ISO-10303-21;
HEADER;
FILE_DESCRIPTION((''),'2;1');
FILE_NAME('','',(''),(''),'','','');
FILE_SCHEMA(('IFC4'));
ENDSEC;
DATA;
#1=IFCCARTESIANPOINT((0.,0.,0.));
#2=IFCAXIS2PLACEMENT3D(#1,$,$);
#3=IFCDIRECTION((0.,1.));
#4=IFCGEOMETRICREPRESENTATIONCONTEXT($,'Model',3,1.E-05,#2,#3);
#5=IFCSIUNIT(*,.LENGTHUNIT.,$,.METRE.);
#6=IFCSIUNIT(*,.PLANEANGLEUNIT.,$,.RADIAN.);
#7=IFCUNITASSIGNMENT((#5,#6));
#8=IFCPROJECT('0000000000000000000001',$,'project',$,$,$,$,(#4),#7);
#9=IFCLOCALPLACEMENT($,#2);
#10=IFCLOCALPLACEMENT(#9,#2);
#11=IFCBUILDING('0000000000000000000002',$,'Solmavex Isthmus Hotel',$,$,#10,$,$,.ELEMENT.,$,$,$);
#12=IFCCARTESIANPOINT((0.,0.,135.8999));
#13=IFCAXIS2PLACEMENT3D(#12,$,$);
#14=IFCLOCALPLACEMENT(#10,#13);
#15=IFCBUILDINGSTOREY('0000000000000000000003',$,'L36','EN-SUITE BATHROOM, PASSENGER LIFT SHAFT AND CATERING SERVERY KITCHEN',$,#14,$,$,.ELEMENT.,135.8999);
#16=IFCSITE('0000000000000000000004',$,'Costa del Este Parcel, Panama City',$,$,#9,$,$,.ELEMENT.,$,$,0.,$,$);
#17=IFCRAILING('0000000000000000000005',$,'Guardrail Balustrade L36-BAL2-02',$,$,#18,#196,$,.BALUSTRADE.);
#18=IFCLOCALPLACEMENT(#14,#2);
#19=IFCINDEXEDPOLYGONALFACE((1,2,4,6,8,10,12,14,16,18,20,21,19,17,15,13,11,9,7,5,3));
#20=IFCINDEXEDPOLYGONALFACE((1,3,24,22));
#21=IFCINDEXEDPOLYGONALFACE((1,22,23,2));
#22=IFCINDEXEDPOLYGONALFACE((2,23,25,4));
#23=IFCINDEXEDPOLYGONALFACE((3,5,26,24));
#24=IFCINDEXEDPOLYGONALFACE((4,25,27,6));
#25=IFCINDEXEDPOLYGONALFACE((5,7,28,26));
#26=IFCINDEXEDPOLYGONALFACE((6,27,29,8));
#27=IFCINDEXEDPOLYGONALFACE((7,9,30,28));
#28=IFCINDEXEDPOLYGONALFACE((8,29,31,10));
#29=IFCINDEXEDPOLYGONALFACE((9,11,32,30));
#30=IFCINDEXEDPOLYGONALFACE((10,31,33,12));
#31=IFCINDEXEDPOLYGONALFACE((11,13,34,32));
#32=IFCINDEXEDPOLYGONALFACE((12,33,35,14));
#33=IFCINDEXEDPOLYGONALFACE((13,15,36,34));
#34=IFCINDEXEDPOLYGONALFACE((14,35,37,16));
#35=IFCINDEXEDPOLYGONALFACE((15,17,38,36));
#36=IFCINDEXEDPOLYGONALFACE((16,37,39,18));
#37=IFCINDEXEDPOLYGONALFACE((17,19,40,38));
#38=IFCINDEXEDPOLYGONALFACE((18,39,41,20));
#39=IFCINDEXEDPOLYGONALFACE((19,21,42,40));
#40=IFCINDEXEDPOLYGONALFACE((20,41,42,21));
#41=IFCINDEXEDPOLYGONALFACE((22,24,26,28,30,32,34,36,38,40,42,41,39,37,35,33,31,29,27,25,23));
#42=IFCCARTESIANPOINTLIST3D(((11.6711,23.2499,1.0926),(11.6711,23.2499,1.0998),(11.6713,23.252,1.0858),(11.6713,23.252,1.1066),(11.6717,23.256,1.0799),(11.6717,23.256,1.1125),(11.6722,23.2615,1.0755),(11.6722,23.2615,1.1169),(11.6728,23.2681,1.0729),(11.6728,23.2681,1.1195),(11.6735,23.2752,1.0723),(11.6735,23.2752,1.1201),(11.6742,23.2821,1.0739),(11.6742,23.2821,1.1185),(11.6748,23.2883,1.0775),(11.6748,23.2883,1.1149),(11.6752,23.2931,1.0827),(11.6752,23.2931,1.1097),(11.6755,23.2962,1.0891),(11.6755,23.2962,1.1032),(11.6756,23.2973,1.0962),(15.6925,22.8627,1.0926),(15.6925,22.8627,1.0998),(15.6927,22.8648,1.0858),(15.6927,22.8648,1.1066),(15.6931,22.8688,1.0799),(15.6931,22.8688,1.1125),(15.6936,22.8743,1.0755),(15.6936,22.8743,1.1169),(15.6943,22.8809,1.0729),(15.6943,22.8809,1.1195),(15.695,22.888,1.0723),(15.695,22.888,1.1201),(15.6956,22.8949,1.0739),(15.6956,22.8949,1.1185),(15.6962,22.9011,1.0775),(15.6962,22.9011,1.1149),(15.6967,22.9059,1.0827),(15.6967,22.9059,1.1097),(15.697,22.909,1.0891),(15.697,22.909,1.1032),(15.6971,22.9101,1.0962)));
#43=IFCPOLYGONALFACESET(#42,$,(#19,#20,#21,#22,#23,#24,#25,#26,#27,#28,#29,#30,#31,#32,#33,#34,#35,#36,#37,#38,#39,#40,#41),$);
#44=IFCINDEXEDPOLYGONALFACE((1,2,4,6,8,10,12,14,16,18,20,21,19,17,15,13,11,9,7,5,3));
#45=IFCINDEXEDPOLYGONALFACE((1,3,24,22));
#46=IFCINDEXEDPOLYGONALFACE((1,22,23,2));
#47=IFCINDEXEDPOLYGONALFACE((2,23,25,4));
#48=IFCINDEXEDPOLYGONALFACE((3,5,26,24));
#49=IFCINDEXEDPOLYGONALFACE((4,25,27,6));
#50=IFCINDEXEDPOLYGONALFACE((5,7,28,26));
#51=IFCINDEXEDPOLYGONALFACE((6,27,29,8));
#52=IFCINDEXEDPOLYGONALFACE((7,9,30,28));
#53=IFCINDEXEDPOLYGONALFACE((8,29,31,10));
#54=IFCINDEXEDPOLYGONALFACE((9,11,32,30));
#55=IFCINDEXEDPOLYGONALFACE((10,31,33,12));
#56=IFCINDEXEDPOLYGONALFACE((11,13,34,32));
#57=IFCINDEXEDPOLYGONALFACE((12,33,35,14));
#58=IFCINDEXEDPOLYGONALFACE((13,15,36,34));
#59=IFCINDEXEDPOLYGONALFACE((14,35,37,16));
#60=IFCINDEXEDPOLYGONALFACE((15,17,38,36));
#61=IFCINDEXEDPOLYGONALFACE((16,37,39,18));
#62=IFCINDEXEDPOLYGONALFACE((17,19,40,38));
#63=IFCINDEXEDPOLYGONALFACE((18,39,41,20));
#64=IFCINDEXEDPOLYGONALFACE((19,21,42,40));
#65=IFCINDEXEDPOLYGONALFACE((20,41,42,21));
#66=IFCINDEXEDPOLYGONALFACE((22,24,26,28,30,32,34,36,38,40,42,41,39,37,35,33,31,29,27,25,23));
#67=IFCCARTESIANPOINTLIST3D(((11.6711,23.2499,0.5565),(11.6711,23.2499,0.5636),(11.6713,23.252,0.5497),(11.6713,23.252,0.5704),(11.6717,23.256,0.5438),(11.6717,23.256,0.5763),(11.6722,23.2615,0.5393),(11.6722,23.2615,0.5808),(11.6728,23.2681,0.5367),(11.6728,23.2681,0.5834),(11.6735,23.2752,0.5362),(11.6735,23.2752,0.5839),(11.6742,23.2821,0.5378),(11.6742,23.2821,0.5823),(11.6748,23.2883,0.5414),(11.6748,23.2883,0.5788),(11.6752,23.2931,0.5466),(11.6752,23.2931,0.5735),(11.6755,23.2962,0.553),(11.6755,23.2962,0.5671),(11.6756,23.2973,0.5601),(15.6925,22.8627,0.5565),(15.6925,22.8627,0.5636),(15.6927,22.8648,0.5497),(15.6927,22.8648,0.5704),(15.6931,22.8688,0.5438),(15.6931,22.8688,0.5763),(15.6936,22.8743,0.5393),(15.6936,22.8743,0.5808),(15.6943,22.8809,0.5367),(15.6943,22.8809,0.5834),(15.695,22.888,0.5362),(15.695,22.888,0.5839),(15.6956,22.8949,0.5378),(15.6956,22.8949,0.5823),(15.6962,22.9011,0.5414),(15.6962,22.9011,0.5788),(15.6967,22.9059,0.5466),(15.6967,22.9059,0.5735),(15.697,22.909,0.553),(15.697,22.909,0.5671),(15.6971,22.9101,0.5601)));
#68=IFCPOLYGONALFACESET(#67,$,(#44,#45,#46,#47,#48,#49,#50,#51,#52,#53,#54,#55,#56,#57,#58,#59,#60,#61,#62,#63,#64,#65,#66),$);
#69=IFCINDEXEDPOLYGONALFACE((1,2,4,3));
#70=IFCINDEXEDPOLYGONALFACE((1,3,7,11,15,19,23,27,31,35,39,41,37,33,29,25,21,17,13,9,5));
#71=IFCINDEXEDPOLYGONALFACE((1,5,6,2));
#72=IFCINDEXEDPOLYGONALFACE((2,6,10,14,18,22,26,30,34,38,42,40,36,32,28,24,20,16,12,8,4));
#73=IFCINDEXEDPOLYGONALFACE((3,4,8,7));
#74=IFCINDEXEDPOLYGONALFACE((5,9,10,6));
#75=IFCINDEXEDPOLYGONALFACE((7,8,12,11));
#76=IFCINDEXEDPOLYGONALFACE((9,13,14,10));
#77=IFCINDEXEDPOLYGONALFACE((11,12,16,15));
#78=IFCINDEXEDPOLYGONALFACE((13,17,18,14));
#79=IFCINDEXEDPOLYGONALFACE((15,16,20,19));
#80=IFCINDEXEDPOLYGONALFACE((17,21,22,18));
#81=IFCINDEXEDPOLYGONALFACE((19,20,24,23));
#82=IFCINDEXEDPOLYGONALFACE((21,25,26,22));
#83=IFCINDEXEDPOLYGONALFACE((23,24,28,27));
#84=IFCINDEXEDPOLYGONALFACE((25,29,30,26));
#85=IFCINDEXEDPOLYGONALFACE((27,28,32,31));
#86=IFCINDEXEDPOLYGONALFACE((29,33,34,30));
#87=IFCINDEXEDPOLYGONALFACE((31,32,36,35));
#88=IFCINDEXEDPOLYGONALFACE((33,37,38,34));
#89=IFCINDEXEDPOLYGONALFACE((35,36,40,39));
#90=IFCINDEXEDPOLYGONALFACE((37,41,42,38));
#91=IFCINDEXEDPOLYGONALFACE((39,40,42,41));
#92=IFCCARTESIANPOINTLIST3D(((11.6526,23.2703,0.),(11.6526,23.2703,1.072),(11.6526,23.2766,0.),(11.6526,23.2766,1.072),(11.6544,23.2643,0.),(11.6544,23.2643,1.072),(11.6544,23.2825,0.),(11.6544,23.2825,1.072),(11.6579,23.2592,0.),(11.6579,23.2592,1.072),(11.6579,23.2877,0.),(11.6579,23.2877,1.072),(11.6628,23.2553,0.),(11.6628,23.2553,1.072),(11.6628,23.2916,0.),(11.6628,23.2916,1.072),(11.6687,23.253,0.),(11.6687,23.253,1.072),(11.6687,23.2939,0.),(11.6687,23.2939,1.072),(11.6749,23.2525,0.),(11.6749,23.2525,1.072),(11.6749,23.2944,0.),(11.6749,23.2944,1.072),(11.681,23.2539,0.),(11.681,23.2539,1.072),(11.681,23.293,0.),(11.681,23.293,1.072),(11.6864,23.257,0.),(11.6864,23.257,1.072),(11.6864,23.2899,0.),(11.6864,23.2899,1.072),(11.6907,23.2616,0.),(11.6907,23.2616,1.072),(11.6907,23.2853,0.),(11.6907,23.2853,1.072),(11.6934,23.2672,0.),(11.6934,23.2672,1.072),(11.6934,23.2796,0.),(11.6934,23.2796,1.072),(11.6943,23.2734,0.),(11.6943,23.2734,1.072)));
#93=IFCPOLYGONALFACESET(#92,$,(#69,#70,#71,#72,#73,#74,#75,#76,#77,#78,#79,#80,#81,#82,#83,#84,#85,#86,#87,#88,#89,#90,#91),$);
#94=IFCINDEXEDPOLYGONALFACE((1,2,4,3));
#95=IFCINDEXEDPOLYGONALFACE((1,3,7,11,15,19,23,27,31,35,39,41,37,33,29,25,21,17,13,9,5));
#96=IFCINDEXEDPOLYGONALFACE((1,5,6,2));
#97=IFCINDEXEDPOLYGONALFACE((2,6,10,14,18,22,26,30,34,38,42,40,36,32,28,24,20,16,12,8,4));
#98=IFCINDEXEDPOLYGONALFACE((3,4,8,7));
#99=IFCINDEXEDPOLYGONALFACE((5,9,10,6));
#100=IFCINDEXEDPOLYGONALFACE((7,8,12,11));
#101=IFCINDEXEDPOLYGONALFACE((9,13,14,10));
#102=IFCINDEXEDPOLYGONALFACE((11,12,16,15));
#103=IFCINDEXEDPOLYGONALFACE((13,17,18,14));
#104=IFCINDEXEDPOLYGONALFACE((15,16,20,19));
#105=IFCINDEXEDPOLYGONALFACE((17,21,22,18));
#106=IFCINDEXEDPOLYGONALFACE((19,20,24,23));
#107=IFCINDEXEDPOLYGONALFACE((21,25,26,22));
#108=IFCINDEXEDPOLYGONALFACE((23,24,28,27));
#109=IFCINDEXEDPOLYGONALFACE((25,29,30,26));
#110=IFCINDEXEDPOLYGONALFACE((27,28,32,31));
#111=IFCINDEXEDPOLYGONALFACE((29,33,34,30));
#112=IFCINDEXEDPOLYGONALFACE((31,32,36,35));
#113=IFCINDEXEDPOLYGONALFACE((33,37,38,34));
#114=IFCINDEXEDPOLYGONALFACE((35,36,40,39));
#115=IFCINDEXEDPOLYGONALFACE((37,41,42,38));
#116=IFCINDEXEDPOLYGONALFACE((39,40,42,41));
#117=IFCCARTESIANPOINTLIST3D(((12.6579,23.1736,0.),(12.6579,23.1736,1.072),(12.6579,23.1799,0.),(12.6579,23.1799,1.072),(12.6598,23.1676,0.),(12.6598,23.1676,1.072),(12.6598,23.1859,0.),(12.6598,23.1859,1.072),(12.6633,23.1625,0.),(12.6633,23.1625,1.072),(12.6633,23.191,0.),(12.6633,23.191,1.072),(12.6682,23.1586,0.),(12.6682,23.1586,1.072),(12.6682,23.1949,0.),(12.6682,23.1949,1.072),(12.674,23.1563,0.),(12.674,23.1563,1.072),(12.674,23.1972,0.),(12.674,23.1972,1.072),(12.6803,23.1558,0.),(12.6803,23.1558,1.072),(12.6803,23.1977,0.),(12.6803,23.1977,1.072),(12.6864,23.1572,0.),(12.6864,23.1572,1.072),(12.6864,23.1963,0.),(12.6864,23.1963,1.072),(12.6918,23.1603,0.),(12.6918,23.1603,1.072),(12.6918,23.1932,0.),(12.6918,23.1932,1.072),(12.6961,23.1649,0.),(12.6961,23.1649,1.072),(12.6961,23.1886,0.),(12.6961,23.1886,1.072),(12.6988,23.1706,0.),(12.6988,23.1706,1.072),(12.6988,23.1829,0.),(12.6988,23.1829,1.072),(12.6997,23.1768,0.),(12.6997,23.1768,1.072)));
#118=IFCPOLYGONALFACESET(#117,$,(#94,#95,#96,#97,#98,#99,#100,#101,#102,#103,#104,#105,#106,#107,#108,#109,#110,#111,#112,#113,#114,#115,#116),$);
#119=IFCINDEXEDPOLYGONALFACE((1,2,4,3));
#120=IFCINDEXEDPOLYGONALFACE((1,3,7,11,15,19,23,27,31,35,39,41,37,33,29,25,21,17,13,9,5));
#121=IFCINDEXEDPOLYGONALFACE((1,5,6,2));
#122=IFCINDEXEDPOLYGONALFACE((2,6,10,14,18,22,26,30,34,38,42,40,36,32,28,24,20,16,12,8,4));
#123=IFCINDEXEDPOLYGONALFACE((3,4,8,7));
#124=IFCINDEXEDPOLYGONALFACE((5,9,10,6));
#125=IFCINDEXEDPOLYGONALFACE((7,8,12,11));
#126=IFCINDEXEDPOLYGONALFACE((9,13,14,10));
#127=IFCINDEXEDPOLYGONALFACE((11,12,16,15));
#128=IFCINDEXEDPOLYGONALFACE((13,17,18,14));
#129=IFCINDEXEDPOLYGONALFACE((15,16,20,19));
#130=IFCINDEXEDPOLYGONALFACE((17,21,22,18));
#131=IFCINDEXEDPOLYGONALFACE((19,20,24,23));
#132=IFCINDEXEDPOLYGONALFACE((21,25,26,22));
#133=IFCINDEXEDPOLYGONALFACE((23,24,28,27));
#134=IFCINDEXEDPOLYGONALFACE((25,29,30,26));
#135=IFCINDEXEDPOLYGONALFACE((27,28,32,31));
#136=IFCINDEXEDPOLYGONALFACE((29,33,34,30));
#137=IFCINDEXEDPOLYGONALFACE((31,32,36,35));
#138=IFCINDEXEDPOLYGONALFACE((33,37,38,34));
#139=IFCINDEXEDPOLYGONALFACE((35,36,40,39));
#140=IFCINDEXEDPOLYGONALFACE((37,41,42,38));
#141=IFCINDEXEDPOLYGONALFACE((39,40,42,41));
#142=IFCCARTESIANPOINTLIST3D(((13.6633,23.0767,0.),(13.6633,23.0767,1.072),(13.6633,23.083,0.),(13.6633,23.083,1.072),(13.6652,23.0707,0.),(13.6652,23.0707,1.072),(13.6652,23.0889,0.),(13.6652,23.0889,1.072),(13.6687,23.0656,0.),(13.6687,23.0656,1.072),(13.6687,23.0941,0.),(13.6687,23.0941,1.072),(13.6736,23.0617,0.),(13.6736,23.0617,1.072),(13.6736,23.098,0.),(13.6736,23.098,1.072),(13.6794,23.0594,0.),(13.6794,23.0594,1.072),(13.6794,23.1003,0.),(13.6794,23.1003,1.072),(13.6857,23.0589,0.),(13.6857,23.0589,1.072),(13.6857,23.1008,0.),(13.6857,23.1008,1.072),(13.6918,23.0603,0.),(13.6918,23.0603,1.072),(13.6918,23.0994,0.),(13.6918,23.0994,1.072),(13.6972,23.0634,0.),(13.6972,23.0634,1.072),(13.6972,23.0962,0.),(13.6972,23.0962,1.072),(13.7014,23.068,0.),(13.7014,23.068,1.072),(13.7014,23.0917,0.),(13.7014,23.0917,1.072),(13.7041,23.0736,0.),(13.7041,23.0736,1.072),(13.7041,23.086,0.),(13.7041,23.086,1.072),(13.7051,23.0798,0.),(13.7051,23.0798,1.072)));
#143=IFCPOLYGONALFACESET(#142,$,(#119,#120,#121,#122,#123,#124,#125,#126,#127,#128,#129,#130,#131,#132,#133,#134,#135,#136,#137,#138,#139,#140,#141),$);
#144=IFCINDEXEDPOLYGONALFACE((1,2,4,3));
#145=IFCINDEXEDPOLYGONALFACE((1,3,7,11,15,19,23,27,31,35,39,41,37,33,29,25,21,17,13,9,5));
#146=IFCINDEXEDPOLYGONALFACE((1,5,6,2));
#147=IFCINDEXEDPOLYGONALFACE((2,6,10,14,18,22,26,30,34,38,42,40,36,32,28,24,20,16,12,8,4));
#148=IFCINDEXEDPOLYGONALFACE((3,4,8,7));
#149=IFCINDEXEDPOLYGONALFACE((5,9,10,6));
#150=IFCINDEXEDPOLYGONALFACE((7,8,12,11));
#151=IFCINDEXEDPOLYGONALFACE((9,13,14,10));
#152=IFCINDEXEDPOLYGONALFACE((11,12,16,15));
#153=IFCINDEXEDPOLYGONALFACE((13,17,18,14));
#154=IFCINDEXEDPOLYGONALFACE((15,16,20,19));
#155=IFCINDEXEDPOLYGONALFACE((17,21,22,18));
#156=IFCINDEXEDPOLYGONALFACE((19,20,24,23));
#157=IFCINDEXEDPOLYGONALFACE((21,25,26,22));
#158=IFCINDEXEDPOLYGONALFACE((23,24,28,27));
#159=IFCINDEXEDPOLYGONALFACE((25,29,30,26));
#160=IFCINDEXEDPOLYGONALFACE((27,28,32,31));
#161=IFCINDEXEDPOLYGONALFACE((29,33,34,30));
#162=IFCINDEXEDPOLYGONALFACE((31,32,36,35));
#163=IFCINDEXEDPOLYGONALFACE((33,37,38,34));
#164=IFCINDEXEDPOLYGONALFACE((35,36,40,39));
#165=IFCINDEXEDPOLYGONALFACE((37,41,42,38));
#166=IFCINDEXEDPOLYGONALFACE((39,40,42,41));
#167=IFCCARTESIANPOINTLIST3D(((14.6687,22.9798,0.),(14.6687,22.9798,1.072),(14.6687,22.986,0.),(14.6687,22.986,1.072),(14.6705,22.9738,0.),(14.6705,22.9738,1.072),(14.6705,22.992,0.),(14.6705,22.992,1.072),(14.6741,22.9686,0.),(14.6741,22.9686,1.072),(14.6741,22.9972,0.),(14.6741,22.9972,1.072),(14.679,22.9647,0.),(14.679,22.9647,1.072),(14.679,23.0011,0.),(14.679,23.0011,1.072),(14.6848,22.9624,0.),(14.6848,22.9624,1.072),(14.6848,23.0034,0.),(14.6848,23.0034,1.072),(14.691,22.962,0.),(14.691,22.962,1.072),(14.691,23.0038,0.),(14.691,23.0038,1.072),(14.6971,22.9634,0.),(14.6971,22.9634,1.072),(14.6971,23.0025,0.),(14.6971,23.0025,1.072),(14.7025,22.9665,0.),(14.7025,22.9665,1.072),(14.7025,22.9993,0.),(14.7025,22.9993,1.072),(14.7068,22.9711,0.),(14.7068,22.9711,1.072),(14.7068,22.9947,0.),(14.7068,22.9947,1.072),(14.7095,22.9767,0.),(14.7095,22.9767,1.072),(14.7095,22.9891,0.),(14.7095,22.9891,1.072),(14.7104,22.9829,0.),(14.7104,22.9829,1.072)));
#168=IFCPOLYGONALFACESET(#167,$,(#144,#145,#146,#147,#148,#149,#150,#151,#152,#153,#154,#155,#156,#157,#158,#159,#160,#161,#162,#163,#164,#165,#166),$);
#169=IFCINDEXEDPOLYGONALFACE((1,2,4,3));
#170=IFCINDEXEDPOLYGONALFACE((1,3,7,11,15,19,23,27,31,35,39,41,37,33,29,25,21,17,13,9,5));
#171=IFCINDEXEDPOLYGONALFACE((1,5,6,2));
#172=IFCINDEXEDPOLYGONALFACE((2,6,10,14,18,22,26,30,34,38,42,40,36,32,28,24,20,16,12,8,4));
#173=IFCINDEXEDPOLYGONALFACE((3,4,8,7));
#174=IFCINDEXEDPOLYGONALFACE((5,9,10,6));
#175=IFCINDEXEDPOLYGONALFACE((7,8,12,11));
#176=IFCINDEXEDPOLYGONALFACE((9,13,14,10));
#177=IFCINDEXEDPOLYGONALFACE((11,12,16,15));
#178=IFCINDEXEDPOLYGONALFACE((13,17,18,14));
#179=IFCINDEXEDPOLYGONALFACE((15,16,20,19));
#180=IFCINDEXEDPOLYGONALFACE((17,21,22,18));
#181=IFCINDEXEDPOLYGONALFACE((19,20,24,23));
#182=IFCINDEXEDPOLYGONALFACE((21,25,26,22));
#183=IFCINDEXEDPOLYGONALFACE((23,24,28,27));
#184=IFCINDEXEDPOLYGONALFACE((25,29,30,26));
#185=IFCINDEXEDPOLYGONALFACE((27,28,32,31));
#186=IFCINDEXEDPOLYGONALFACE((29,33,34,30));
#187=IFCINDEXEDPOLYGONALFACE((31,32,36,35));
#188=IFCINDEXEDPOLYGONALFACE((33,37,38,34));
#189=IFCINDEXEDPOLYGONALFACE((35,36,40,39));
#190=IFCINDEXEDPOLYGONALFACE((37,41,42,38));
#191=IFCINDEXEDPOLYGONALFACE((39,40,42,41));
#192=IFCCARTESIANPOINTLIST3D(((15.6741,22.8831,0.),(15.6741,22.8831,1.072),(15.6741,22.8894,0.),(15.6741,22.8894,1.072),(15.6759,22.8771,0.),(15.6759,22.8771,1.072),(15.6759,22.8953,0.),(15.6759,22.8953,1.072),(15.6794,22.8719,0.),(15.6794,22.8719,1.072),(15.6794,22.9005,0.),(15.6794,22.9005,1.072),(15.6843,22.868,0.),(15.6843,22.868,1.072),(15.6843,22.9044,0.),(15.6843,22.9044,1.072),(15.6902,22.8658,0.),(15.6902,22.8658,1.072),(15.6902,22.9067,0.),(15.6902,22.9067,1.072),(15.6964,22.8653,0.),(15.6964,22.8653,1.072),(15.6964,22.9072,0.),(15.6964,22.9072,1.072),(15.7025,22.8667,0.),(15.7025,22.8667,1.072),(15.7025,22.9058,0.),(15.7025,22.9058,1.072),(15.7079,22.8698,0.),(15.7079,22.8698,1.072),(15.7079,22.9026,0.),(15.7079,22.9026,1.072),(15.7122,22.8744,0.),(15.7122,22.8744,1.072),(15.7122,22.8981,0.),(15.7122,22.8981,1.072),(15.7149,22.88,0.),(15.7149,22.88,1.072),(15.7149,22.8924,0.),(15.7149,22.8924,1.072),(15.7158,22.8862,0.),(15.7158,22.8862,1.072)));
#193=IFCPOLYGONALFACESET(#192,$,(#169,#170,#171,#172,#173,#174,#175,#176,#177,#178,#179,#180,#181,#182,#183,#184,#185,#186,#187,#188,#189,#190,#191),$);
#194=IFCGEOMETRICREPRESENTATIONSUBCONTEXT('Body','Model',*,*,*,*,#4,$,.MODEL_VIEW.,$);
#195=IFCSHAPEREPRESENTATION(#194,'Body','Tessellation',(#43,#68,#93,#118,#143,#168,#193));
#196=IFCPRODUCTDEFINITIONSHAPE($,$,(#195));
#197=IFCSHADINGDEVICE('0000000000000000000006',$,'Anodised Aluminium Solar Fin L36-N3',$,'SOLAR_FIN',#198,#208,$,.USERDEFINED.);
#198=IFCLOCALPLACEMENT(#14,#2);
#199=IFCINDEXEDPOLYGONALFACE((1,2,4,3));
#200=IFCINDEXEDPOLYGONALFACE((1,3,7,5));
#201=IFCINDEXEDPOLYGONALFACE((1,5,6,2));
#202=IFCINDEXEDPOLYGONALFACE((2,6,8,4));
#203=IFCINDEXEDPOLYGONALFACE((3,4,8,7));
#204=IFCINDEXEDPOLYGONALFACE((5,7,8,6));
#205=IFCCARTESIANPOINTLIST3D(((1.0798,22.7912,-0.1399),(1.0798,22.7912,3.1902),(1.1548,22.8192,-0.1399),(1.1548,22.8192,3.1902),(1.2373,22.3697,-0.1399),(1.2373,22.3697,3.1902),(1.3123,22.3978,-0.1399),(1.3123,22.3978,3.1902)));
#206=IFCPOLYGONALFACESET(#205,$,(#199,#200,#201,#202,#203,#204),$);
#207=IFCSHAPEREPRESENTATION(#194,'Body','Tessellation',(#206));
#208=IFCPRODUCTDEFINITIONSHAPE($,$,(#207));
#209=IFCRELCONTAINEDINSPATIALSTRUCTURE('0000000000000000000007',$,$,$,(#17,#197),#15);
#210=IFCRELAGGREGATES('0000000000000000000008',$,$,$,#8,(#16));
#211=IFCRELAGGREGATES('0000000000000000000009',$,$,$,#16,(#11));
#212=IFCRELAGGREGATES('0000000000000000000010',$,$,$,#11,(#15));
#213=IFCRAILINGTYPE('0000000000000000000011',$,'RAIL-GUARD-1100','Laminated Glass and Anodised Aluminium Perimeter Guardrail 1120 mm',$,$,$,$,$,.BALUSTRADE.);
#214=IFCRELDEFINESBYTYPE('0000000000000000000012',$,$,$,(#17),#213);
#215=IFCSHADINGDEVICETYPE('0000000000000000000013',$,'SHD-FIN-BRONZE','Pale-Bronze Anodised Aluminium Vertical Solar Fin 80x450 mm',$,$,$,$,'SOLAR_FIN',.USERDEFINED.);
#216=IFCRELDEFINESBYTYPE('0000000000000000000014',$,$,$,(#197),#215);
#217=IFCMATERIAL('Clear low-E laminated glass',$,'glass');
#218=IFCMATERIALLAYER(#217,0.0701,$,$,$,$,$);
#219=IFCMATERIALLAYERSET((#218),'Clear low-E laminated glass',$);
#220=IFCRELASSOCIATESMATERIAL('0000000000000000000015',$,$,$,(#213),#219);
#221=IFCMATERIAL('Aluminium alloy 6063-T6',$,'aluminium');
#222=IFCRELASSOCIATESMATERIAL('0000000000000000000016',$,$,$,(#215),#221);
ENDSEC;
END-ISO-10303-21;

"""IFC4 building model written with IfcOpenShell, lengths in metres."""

from ifc_helpers import new_model, si_unit, direction, frame, origin, origin_2d, place, context, subcontext, project, spatial, rectangle, circle, extrude, material, layer, layer_set, type_object, element, save


model = new_model("IFC4")

# Units and contexts
model_context = context("Model", 3, precision=1e-05, world=origin(), true_north=direction((0.0, 1.0)))
body_context = subcontext(model_context, "Body", "Model", "MODEL_VIEW")
ifc_project = project(units=[si_unit("LENGTHUNIT", "METRE"), si_unit("PLANEANGLEUNIT", "RADIAN")], contexts=[model_context])

# Site, building, storey
site_placement = place(None, origin())
site = spatial("IfcSite", under=ifc_project, at=site_placement, Name="Costa del Este Parcel, Panama City", CompositionType="ELEMENT", RefElevation=0.0)
building_placement = place(site_placement, origin())
building = spatial("IfcBuilding", under=site, at=building_placement, Name="Solmavex Isthmus Hotel", CompositionType="ELEMENT")
storey_placement = place(building_placement, frame((0.0, 0.0, 135.8999)))
storey = spatial("IfcBuildingStorey", under=building, at=storey_placement, Name="L36", Description="EN-SUITE BATHROOM, PASSENGER LIFT SHAFT AND CATERING SERVERY KITCHEN", CompositionType="ELEMENT", Elevation=135.8999)

# Shared definitions
ifc_material_1 = material(Name="Aluminium alloy 6063-T6", Category="aluminium")
ifc_material_2 = material(Name="Clear low-E laminated glass", Category="glass")

# Railing
ifc_layer_1 = layer(ifc_material_2, 0.0701)
ifc_layer_set_1 = layer_set([ifc_layer_1], Name="Clear low-E laminated glass")
railing_type = type_object("IfcRailingType", Name="RAIL-GUARD-1100", Description="Laminated Glass and Anodised Aluminium Perimeter Guardrail 1120 mm", PredefinedType="BALUSTRADE", material=ifc_layer_set_1)
railing_1_placement = place(storey_placement, frame((11.6733, 23.2734, 0.0)))
element("IfcRailing", 1, at=railing_1_placement, inside=storey, type_object=railing_type, Name="Guardrail Balustrade L36-BAL2-02", PredefinedType="BALUSTRADE", context=body_context, shape_type="SweptSolid", body=[
    extrude(circle(Radius=0.0239, at=origin_2d()), frame((0.0, 0.0, 1.0962), z_axis=(0.995397, -0.095841, 0.0), x_axis=(0.095841, 0.995397, 0.0)), (0.0, 0.0, 1.0), 4.04),
    extrude(circle(Radius=0.0239, at=origin_2d()), frame((0.0, 0.0, 0.5601), z_axis=(0.995397, -0.095841, 0.0), x_axis=(0.095841, 0.995397, 0.0)), (0.0, 0.0, 1.0), 4.04),
    extrude(circle(Radius=0.021, at=origin_2d()), origin(), (0.0, 0.0, 1.0), 1.072),
    extrude(circle(Radius=0.021, at=origin_2d()), frame((1.0054, -0.0967, 0.0)), (0.0, 0.0, 1.0), 1.072),
    extrude(circle(Radius=0.021, at=origin_2d()), frame((2.0107, -0.1936, 0.0)), (0.0, 0.0, 1.0), 1.072),
    extrude(circle(Radius=0.021, at=origin_2d()), frame((3.0161, -0.2905, 0.0)), (0.0, 0.0, 1.0), 1.072),
    extrude(circle(Radius=0.021, at=origin_2d()), frame((4.0215, -0.3872, 0.0)), (0.0, 0.0, 1.0), 1.072),
])

# Shading device
shading_device_type = type_object("IfcShadingDeviceType", Name="SHD-FIN-BRONZE", Description="Pale-Bronze Anodised Aluminium Vertical Solar Fin 80x450 mm", ElementType="SOLAR_FIN", PredefinedType="USERDEFINED", material=ifc_material_1)
for number, where, z_axis, x_axis, name in (
    (2, (1.196, 22.5945, -0.1399), (0.0, 0.0, 1.0), (-0.350207, 0.936672, 0.0), "Anodised Aluminium Solar Fin L36-N3"),
):
    element("IfcShadingDevice", number, at=place(storey_placement, frame(where, z_axis=z_axis, x_axis=x_axis)), inside=storey, type_object=shading_device_type, Name=name, ObjectType="SOLAR_FIN", PredefinedType="USERDEFINED", context=body_context, shape_type="SweptSolid", body=[
        extrude(rectangle(XDim=0.45, YDim=0.0801, at=origin_2d()), origin(), (0.0, 0.0, 1.0), 3.3301),
    ])

save(model, "model.ifc")
